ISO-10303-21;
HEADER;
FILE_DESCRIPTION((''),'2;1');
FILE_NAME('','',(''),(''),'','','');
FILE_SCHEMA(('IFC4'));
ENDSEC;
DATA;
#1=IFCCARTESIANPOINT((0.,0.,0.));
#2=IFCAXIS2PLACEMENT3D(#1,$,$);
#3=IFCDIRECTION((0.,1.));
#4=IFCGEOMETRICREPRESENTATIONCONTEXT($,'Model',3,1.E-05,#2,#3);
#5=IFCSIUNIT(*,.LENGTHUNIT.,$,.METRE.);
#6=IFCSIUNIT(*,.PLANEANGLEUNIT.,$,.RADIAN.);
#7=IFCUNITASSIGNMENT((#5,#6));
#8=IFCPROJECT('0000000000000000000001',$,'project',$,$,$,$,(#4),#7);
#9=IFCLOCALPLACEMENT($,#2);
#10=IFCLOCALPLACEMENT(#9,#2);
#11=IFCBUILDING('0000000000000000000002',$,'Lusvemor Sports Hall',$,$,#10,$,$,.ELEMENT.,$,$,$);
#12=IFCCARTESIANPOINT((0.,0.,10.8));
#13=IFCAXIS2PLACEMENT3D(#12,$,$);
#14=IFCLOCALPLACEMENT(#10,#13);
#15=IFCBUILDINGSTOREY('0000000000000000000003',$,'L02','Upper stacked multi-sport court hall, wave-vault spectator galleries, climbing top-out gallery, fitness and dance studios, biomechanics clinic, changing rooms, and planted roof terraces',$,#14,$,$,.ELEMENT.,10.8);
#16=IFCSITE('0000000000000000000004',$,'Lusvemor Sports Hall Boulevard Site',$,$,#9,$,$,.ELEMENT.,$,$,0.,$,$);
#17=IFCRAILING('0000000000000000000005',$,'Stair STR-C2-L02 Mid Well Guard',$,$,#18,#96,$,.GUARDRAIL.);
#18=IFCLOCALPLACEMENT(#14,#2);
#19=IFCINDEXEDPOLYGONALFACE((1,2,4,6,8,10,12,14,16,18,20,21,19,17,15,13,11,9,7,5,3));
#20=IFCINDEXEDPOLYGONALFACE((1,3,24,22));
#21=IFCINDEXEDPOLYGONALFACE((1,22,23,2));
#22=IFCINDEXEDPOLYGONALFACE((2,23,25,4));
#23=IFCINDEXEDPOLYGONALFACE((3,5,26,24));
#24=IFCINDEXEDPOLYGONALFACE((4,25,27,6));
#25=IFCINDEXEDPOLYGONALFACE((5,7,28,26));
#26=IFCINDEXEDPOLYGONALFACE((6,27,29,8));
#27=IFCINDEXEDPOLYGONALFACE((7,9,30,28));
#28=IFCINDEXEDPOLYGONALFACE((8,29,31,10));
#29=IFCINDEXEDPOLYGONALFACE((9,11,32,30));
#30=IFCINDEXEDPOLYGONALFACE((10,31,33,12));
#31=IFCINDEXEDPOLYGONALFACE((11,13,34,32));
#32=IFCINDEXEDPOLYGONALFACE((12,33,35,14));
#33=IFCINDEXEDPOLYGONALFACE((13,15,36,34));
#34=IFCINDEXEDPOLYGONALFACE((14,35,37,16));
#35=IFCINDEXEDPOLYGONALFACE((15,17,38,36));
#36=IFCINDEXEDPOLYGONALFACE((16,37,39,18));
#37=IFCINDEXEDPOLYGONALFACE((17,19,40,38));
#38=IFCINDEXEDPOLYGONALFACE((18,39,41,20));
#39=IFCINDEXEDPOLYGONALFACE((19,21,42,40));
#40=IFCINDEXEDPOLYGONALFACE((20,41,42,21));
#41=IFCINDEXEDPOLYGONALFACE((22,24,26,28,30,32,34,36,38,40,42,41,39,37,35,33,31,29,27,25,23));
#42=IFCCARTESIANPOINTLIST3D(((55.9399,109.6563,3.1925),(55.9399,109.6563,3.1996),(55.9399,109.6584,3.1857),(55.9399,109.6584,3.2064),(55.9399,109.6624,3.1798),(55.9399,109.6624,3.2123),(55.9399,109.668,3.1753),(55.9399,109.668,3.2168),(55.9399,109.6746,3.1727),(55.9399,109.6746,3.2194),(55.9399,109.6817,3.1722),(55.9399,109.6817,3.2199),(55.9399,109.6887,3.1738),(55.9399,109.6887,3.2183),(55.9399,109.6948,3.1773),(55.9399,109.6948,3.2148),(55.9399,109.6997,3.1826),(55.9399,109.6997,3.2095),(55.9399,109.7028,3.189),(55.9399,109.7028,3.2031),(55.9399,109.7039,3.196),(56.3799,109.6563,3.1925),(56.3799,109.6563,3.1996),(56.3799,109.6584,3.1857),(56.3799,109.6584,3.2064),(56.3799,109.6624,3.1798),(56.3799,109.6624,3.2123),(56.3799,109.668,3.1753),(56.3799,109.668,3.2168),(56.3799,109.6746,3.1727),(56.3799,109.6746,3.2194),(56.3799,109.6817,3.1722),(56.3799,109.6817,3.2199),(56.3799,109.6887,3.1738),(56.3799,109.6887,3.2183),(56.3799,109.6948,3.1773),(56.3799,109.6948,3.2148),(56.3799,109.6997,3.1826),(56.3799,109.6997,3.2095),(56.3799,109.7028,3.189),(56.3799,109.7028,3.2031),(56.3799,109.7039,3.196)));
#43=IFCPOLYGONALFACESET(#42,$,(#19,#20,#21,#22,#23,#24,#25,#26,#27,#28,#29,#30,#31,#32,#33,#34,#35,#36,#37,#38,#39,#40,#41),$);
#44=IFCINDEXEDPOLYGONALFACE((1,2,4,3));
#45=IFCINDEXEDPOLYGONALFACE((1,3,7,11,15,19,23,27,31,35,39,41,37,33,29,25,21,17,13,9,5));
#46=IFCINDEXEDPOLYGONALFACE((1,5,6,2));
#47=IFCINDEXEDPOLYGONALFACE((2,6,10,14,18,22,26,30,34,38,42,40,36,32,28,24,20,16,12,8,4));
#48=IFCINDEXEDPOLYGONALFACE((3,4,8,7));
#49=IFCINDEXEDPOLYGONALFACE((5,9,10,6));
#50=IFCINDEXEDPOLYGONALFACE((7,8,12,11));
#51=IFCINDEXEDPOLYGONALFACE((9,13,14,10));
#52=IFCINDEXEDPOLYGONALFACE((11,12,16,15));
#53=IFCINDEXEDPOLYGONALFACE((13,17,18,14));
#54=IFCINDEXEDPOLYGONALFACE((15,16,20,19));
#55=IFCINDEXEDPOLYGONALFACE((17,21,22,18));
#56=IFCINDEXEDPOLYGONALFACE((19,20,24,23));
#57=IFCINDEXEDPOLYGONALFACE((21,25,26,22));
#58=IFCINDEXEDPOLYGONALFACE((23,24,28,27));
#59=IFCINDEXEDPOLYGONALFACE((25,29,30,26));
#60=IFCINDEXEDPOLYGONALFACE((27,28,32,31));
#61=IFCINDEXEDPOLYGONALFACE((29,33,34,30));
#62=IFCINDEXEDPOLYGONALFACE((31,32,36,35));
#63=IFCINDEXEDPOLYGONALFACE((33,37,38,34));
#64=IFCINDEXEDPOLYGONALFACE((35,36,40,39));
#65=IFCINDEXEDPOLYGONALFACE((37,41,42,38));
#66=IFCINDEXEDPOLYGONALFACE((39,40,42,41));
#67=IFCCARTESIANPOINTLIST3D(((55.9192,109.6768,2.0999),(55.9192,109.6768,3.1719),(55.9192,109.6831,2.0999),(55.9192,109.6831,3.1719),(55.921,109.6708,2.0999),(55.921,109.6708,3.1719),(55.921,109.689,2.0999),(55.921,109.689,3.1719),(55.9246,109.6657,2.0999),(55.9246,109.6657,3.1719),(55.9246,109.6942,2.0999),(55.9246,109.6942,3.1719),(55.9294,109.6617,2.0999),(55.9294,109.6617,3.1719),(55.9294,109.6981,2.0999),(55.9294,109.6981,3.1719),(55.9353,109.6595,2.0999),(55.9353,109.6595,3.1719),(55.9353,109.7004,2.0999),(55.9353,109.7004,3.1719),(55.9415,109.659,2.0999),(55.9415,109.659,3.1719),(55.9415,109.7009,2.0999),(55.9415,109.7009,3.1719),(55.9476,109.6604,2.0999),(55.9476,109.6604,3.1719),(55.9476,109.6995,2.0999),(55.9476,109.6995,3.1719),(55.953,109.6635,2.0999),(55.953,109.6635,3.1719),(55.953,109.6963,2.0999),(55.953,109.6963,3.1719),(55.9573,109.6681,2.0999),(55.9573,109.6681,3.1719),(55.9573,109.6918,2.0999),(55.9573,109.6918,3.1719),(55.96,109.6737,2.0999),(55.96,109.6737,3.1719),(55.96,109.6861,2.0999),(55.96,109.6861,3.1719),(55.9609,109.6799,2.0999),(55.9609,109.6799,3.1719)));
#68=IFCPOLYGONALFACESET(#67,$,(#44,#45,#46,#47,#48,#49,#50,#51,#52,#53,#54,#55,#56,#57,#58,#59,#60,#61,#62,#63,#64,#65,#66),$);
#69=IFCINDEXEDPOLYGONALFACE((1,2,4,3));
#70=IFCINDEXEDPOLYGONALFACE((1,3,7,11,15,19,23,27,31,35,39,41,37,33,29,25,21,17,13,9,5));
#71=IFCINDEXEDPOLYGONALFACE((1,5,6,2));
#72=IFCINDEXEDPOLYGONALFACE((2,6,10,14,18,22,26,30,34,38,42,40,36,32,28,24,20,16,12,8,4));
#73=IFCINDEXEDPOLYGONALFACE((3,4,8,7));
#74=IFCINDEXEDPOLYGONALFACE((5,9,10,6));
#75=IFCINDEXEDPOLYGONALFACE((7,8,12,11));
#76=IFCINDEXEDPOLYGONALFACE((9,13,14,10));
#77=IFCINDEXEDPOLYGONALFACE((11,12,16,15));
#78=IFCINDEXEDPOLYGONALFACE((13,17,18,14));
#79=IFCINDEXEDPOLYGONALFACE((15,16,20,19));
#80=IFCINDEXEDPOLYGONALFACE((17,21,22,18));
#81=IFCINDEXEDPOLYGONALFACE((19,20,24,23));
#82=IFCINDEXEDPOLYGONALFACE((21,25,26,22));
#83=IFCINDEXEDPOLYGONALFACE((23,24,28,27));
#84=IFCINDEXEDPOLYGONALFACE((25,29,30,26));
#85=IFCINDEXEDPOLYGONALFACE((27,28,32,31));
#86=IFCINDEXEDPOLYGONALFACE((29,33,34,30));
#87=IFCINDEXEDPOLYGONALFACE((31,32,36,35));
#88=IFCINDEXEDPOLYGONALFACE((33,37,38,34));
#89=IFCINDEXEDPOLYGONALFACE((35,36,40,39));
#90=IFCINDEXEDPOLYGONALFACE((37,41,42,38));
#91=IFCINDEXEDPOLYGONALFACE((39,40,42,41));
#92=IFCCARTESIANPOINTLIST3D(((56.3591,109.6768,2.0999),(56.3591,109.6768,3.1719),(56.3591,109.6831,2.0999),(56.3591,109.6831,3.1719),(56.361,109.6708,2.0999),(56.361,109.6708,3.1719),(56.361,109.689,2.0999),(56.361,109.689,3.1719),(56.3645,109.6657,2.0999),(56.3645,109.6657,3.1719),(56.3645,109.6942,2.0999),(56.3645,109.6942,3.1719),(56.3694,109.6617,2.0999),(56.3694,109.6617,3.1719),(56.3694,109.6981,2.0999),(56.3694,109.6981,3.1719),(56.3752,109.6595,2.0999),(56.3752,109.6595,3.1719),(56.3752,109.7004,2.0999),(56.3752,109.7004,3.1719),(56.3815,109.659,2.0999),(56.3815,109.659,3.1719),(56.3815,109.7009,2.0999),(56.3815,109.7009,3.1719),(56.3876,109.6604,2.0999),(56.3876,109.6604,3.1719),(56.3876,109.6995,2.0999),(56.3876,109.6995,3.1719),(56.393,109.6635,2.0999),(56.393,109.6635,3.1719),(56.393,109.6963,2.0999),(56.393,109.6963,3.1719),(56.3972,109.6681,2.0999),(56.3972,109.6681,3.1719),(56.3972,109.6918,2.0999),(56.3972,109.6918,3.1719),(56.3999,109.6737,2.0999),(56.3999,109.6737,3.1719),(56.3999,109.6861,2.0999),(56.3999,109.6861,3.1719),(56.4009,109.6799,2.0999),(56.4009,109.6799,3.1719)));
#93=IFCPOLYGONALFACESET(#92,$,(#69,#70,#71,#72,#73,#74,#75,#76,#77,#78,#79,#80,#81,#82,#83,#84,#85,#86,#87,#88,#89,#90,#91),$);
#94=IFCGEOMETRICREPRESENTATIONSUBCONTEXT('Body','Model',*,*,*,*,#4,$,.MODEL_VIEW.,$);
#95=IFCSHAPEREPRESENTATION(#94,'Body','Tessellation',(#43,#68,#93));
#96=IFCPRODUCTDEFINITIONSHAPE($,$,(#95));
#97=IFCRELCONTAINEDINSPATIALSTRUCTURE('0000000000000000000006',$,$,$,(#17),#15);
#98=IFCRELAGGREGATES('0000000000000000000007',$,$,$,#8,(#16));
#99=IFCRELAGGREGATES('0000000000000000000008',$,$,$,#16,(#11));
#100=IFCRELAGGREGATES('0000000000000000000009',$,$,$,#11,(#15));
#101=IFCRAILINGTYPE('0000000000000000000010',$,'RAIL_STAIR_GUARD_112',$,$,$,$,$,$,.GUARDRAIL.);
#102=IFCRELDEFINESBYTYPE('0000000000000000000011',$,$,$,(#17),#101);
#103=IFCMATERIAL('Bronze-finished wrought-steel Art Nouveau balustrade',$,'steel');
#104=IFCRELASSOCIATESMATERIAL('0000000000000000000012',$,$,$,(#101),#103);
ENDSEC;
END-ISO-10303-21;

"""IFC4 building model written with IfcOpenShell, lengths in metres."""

from ifc_helpers import new_model, si_unit, direction, frame, origin, origin_2d, place, context, subcontext, project, spatial, circle, extrude, material, type_object, element, save


model = new_model("IFC4")

# Units and contexts
model_context = context("Model", 3, precision=1e-05, world=origin(), true_north=direction((0.0, 1.0)))
body_context = subcontext(model_context, "Body", "Model", "MODEL_VIEW")
ifc_project = project(units=[si_unit("LENGTHUNIT", "METRE"), si_unit("PLANEANGLEUNIT", "RADIAN")], contexts=[model_context])

# Site, building, storey
site_placement = place(None, origin())
site = spatial("IfcSite", under=ifc_project, at=site_placement, Name="Lusvemor Sports Hall Boulevard Site", CompositionType="ELEMENT", RefElevation=0.0)
building_placement = place(site_placement, origin())
building = spatial("IfcBuilding", under=site, at=building_placement, Name="Lusvemor Sports Hall", CompositionType="ELEMENT")
storey_placement = place(building_placement, frame((0.0, 0.0, 10.8)))
storey = spatial("IfcBuildingStorey", under=building, at=storey_placement, Name="L02", Description="Upper stacked multi-sport court hall, wave-vault spectator galleries, climbing top-out gallery, fitness and dance studios, biomechanics clinic, changing rooms, and planted roof terraces", CompositionType="ELEMENT", Elevation=10.8)

# Railing
ifc_material_1 = material(Name="Bronze-finished wrought-steel Art Nouveau balustrade", Category="steel")
railing_type_1 = type_object("IfcRailingType", Name="RAIL_STAIR_GUARD_112", PredefinedType="GUARDRAIL", material=ifc_material_1)
railing_1_placement = place(storey_placement, frame((55.9399, 109.6799, 2.0999)))
element("IfcRailing", 1, at=railing_1_placement, inside=storey, type_object=railing_type_1, Name="Stair STR-C2-L02 Mid Well Guard", PredefinedType="GUARDRAIL", context=body_context, shape_type="SweptSolid", body=[
    extrude(circle(Radius=0.0239, at=origin_2d()), frame((0.0, 0.0, 1.0962), z_axis=(1.0, 0.0, 0.0), x_axis=(0.0, 1.0, 0.0)), (0.0, 0.0, 1.0), 0.4399),
    extrude(circle(Radius=0.021, at=origin_2d()), origin(), (0.0, 0.0, 1.0), 1.072),
    extrude(circle(Radius=0.021, at=origin_2d()), frame((0.4399, 0.0, 0.0)), (0.0, 0.0, 1.0), 1.072),
])

save(model, "model.ifc")
